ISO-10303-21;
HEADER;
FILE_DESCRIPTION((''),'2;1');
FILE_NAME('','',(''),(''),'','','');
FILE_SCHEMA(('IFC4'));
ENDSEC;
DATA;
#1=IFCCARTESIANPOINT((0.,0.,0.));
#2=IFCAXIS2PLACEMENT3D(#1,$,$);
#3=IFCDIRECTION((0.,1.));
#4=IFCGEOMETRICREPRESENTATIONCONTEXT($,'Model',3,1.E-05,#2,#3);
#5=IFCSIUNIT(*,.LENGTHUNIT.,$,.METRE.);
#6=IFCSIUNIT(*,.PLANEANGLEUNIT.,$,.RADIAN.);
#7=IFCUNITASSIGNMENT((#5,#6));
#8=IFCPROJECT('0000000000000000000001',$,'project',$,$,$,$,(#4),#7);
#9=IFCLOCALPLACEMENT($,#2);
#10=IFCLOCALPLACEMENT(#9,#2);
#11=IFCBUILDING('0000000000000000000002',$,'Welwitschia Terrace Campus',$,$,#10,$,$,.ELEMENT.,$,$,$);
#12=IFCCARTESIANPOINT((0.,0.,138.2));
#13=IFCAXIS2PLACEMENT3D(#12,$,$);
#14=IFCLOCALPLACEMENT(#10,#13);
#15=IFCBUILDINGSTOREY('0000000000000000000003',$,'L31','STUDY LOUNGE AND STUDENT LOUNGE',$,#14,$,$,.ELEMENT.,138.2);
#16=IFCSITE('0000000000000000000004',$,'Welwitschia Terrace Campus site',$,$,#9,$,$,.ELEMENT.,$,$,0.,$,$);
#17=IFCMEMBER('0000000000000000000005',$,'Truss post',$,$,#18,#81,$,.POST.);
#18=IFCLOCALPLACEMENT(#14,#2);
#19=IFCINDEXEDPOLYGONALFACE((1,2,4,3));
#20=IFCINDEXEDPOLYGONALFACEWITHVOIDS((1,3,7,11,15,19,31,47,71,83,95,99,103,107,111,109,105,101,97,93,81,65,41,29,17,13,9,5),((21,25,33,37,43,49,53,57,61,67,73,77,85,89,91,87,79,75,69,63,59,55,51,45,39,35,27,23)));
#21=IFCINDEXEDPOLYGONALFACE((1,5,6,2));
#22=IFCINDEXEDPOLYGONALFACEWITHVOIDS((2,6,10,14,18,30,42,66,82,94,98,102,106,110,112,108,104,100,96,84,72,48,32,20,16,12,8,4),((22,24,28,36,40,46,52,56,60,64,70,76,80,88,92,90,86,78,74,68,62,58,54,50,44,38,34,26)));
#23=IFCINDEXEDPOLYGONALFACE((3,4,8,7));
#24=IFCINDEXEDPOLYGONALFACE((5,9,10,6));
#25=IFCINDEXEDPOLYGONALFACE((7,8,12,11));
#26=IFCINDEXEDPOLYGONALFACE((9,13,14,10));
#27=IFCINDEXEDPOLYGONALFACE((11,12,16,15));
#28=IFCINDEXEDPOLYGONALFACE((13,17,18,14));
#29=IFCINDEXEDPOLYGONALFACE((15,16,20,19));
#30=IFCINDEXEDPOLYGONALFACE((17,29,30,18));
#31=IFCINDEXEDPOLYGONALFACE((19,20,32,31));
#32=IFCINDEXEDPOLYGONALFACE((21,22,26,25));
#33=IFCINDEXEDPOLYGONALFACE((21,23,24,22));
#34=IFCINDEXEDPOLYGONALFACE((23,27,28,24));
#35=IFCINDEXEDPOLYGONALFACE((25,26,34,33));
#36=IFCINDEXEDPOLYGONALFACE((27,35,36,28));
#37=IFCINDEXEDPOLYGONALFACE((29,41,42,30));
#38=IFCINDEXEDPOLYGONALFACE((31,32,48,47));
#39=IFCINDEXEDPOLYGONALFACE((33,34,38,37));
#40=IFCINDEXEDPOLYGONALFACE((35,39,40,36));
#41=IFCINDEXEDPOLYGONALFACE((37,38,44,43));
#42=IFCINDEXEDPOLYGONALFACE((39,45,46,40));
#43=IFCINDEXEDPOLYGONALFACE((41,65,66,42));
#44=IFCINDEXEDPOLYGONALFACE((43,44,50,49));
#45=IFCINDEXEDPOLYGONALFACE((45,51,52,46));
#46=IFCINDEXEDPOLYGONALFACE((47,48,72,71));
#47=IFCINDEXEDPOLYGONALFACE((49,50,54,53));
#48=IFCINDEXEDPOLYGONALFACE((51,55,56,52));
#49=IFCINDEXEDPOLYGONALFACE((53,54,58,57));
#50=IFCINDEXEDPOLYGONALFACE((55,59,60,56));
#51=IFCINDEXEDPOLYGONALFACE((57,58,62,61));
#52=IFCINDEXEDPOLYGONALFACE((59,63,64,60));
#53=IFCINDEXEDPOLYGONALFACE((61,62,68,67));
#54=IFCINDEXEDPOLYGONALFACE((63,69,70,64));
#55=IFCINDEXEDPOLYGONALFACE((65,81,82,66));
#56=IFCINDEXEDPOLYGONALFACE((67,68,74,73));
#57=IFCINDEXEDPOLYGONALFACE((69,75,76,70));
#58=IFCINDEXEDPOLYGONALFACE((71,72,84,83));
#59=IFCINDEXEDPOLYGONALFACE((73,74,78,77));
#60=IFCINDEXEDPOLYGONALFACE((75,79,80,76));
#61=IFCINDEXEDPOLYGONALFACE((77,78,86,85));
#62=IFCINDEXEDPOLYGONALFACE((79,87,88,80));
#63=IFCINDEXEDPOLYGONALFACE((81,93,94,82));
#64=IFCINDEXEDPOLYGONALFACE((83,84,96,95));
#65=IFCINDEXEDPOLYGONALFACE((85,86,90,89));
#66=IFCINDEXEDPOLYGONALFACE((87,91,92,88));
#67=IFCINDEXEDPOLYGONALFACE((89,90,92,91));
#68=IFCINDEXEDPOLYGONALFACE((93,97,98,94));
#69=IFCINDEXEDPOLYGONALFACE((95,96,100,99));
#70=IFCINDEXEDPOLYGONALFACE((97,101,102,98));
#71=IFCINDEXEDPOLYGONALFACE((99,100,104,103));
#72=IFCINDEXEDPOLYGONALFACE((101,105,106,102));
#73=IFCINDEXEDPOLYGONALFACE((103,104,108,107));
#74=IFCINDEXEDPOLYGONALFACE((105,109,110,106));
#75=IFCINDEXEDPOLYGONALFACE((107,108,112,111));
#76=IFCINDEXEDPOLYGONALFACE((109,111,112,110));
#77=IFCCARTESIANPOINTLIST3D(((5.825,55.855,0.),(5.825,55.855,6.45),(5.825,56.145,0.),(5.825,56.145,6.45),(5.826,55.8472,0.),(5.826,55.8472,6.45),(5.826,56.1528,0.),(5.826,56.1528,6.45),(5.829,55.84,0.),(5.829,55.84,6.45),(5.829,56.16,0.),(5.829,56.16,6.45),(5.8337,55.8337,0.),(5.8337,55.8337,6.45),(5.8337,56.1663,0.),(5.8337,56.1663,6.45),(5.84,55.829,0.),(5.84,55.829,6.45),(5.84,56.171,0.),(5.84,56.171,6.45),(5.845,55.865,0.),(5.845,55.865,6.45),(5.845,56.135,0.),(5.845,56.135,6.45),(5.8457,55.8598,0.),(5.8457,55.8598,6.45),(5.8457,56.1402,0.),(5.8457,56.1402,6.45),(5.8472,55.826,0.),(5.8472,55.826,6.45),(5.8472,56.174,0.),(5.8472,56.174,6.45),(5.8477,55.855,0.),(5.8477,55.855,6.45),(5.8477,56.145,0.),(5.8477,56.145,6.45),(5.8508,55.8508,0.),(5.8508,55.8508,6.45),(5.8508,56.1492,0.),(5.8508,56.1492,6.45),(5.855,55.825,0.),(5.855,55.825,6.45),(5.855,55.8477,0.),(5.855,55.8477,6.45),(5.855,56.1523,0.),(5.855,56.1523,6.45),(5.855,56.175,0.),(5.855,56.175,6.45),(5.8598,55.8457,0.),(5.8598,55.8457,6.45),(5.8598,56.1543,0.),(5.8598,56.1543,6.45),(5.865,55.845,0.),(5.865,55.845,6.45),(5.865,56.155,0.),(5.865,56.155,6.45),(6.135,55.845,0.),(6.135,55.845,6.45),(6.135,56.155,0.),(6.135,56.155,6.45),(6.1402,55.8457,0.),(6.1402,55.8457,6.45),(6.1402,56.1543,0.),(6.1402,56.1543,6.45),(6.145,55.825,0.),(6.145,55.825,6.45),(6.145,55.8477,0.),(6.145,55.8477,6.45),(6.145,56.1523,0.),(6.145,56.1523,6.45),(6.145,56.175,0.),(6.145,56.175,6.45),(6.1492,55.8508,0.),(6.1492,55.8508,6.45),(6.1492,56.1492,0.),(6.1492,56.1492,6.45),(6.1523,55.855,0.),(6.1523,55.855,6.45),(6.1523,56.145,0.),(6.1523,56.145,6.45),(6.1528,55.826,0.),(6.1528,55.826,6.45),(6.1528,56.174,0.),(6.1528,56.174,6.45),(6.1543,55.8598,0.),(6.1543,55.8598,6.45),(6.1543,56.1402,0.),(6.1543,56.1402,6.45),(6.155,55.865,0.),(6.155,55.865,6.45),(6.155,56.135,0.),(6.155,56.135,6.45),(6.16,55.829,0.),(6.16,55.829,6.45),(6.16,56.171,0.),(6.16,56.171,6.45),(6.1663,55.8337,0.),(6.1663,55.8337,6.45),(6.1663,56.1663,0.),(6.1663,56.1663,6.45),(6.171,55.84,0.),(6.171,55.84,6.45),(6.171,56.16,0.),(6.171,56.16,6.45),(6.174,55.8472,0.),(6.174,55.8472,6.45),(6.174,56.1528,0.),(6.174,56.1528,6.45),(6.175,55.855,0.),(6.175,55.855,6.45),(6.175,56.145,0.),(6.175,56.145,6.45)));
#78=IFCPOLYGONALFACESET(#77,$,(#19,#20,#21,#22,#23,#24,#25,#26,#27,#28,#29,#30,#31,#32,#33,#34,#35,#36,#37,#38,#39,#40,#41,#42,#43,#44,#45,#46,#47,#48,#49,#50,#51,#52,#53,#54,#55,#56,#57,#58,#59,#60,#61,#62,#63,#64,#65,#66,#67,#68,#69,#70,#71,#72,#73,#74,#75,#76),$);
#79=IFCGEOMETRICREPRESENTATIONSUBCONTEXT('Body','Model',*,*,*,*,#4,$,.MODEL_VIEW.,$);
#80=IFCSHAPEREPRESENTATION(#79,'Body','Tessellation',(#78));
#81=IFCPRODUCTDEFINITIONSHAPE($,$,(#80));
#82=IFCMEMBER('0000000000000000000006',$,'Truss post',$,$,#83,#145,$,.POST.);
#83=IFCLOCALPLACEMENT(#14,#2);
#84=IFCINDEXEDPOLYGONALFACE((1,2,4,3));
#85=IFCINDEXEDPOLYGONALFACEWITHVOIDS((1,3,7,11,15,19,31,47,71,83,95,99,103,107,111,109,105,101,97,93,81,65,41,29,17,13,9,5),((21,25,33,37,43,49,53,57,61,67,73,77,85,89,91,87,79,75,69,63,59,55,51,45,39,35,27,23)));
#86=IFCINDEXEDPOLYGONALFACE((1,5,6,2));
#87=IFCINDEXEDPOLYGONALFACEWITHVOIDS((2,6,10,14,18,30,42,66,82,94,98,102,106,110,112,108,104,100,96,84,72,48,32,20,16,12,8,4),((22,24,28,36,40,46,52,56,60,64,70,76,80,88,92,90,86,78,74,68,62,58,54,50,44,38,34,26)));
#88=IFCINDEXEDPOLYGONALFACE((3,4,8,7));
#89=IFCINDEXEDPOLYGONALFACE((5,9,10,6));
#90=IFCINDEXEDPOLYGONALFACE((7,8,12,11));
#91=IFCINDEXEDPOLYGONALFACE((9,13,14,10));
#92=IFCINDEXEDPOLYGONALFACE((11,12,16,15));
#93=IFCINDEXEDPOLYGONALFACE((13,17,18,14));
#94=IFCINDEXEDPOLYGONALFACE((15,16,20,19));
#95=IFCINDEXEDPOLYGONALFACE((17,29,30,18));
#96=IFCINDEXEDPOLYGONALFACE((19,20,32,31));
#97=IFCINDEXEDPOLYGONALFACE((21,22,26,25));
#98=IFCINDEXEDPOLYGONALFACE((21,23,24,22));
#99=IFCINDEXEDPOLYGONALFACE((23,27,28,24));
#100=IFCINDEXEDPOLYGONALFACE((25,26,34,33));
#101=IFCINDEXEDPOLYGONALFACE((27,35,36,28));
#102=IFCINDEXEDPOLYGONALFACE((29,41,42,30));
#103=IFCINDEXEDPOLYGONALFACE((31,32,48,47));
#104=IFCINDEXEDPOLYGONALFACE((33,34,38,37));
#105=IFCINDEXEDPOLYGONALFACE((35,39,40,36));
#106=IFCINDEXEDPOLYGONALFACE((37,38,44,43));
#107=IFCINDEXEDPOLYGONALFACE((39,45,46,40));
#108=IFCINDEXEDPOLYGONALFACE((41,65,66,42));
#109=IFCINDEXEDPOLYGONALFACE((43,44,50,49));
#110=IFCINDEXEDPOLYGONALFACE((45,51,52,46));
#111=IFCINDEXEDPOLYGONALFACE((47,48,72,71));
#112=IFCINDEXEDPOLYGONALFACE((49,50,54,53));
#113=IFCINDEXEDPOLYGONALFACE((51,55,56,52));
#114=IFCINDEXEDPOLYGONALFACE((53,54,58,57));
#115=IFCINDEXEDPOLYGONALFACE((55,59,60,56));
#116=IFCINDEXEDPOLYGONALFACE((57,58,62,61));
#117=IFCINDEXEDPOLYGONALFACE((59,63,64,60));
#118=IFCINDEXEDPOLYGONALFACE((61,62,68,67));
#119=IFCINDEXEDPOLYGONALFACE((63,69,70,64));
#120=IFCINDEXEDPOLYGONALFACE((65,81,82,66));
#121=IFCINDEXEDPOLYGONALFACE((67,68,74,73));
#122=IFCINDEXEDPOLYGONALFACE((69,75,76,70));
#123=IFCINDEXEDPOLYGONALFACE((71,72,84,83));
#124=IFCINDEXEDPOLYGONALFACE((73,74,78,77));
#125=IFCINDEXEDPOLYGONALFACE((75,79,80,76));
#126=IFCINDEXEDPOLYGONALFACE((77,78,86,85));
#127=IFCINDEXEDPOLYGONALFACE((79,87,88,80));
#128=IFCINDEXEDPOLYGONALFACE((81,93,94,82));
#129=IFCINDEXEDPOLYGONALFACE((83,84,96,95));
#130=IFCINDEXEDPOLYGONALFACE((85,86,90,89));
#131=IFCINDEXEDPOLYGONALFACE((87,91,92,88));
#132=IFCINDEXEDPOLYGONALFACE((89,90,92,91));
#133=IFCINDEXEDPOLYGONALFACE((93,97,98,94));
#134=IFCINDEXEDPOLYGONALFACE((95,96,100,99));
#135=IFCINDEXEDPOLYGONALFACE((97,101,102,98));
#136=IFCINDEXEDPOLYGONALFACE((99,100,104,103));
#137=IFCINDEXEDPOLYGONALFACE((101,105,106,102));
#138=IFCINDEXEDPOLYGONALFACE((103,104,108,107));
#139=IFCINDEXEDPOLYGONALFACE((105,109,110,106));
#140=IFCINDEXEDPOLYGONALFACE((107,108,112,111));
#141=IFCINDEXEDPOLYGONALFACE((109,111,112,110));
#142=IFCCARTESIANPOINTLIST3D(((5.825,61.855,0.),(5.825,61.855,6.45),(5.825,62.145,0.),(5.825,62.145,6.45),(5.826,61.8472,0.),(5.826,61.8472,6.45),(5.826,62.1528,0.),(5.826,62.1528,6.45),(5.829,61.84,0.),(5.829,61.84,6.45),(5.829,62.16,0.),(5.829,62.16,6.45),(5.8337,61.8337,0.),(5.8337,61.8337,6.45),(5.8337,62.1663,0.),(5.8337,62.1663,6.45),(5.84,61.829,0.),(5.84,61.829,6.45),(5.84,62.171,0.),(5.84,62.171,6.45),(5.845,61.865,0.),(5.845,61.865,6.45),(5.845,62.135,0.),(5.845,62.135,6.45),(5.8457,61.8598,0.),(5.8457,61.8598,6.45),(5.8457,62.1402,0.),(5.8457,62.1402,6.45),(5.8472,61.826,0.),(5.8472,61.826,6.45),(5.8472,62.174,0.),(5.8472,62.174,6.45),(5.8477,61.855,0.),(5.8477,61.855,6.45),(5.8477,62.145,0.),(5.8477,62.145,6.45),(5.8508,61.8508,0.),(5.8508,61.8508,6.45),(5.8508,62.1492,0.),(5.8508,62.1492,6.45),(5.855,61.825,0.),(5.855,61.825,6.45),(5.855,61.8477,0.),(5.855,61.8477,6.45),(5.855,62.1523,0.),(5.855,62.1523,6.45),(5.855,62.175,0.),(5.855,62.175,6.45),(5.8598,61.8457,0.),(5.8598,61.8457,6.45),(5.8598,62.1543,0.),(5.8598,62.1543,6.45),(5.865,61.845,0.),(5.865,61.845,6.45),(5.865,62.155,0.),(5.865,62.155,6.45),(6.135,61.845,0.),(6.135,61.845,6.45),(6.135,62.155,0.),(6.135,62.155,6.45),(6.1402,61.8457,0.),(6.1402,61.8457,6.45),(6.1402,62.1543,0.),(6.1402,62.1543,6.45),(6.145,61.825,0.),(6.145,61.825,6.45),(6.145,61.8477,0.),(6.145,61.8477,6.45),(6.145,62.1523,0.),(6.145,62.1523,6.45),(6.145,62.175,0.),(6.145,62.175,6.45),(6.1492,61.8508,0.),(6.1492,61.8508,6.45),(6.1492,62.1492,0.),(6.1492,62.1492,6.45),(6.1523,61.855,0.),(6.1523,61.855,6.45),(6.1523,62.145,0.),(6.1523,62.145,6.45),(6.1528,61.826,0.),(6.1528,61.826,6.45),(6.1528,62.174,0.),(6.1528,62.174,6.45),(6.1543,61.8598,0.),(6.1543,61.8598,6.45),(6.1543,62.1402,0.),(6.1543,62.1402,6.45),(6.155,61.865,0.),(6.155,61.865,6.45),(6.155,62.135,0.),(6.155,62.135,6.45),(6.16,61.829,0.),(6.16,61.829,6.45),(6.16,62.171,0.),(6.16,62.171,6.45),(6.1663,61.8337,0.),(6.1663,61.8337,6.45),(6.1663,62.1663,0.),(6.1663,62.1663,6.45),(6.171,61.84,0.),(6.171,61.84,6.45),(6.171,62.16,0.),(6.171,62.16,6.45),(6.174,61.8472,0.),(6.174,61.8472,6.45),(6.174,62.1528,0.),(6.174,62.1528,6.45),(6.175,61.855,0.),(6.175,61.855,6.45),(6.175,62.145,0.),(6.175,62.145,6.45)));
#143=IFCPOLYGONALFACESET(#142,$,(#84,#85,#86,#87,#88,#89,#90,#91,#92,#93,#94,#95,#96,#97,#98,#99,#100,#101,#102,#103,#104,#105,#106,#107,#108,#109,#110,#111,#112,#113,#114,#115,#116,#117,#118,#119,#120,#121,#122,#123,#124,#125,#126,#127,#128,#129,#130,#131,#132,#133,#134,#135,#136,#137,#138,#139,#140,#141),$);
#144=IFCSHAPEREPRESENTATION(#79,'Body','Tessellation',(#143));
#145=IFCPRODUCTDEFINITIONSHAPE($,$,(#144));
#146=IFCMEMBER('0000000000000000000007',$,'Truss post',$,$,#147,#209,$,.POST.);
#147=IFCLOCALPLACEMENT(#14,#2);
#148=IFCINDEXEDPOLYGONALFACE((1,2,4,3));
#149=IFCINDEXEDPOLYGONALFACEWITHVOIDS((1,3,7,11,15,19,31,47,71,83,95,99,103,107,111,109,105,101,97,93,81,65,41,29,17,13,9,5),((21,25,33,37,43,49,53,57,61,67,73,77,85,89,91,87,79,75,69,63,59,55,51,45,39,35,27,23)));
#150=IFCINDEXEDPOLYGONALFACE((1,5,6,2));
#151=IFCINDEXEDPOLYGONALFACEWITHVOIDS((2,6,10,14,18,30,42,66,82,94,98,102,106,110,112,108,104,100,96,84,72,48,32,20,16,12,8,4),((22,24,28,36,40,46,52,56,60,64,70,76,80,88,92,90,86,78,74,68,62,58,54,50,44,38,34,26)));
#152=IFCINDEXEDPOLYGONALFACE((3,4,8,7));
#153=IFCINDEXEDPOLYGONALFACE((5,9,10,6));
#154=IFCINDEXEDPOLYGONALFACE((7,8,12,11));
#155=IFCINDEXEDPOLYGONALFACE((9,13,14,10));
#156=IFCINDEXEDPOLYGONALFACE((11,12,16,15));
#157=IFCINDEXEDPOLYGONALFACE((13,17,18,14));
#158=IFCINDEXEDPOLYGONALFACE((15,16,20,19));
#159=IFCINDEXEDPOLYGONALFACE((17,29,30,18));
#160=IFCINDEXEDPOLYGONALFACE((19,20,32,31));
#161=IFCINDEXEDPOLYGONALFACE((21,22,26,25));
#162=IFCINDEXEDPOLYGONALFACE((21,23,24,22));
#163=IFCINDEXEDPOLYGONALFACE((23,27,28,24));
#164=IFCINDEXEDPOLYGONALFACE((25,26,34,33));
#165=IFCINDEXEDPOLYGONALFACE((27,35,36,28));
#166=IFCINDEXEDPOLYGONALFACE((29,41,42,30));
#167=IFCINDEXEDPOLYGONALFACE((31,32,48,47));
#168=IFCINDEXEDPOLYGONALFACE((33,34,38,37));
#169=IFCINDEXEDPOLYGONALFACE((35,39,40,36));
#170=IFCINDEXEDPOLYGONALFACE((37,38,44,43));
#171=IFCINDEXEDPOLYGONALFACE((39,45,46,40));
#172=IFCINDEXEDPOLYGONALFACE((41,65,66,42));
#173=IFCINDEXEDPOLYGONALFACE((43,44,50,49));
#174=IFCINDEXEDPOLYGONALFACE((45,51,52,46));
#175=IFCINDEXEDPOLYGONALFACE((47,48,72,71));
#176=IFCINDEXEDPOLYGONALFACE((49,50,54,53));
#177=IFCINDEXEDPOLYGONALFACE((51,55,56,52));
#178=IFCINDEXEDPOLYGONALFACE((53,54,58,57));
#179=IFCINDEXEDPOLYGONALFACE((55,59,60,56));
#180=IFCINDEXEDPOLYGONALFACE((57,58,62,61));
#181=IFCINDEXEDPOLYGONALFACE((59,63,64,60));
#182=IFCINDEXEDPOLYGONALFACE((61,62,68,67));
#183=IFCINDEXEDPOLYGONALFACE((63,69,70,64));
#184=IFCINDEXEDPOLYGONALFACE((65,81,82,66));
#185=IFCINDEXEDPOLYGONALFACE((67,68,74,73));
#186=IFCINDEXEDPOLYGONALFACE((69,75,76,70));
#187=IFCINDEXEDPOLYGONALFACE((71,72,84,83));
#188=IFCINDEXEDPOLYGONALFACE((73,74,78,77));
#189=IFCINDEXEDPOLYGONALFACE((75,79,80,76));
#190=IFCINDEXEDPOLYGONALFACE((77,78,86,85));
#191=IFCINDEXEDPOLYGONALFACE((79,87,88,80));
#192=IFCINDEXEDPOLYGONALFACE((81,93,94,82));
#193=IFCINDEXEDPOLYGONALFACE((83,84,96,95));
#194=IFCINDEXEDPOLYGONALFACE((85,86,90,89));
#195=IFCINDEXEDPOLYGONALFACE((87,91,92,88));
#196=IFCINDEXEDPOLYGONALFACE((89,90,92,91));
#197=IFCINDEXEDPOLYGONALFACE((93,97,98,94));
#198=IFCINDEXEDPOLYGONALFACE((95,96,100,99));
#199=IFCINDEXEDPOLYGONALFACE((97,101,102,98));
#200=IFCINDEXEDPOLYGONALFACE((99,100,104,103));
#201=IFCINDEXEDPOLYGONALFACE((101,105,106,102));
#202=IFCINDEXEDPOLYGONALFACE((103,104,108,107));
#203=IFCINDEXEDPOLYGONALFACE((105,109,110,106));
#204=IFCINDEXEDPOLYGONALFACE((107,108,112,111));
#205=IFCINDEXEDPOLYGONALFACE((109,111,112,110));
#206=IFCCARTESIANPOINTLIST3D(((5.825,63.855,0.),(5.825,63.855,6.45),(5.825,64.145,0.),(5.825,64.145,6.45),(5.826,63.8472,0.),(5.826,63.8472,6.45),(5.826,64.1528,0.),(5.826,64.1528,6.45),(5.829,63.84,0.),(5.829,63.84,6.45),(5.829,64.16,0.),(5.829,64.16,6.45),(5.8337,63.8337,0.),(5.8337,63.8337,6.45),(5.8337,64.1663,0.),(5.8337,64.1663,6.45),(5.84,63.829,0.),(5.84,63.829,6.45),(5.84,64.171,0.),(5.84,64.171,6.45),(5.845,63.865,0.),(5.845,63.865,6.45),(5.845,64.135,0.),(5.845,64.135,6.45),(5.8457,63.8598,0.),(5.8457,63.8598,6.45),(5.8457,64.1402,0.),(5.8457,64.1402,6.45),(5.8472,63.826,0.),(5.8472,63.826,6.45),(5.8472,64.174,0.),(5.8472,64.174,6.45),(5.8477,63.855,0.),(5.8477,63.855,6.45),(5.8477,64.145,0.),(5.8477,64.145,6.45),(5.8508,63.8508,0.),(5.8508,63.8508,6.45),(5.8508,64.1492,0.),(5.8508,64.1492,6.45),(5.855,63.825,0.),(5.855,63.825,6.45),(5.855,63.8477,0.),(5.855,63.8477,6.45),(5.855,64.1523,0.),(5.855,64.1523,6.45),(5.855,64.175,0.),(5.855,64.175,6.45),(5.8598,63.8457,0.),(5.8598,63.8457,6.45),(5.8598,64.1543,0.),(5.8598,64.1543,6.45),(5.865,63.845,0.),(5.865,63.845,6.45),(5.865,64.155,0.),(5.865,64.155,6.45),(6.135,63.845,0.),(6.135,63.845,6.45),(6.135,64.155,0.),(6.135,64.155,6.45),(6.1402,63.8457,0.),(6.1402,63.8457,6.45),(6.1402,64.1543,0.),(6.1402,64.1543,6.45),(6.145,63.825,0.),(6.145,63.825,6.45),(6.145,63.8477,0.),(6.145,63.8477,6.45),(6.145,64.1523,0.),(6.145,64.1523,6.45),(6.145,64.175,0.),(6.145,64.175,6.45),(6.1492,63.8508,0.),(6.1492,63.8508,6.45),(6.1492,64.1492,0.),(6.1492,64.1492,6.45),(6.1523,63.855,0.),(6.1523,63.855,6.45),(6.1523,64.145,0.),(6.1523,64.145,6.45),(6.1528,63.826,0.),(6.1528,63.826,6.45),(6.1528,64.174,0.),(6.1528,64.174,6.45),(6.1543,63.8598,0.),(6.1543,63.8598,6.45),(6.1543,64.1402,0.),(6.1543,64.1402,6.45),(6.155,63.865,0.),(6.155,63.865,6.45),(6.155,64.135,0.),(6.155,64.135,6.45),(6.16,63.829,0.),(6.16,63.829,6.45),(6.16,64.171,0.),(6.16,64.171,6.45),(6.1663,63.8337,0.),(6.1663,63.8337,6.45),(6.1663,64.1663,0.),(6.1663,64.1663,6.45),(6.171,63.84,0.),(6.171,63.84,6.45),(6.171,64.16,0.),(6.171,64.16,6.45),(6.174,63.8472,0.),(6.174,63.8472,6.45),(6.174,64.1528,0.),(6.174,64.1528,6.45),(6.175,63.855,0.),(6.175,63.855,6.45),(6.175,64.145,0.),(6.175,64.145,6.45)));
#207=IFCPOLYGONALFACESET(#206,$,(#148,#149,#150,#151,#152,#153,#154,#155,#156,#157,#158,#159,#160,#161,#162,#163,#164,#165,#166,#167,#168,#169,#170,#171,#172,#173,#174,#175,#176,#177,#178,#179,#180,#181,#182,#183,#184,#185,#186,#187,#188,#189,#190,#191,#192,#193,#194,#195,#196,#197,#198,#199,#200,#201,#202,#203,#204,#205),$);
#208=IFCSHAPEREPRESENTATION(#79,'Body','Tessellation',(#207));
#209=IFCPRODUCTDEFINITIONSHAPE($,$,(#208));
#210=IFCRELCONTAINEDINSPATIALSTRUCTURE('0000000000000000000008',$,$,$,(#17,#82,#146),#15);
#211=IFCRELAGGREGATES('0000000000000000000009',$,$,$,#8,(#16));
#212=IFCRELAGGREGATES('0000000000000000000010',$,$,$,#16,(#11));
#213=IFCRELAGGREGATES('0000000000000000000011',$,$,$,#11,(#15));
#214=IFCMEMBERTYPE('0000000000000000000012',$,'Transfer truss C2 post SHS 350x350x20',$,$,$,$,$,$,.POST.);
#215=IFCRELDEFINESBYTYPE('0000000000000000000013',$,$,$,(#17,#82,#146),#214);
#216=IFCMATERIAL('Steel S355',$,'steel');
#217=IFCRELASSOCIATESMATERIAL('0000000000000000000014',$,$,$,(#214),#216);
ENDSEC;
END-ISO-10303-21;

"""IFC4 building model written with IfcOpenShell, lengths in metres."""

from ifc_helpers import new_model, si_unit, direction, frame, origin, origin_2d, place, context, subcontext, project, spatial, hollow_rectangle, extrude, material, material_profile, profile_set, type_object, element, save


model = new_model("IFC4")

# Units and contexts
model_context = context("Model", 3, precision=1e-05, world=origin(), true_north=direction((0.0, 1.0)))
body_context = subcontext(model_context, "Body", "Model", "MODEL_VIEW")
ifc_project = project(units=[si_unit("LENGTHUNIT", "METRE"), si_unit("PLANEANGLEUNIT", "RADIAN")], contexts=[model_context])

# Site, building, storey
site_placement = place(None, origin())
site = spatial("IfcSite", under=ifc_project, at=site_placement, Name="Welwitschia Terrace Campus site", CompositionType="ELEMENT", RefElevation=0.0)
building_placement = place(site_placement, origin())
building = spatial("IfcBuilding", under=site, at=building_placement, Name="Welwitschia Terrace Campus", CompositionType="ELEMENT")
storey_placement = place(building_placement, frame((0.0, 0.0, 138.2)))
storey = spatial("IfcBuildingStorey", under=building, at=storey_placement, Name="L31", Description="STUDY LOUNGE AND STUDENT LOUNGE", CompositionType="ELEMENT", Elevation=138.2)

# Members
ifc_material_1 = material(Name="Steel S355", Category="steel")
ifc_material_profile_1 = material_profile(ifc_material_1, hollow_rectangle(XDim=0.3501, YDim=0.3501, WallThickness=0.02, InnerFilletRadius=0.02, OuterFilletRadius=0.03, at=origin_2d()))
ifc_profile_set_1 = profile_set([ifc_material_profile_1], Name="Steel S355")
member_type_1 = type_object("IfcMemberType", Name="Transfer truss C2 post SHS 350x350x20", PredefinedType="POST", material=ifc_profile_set_1)
for number, where, z_axis, x_axis, name in (
    (1, (6.0, 56.0, 0.0), (0.0, 0.0, 1.0), (1.0, 0.0, 0.0), "Truss post"),
    (2, (6.0, 62.0, 0.0), (0.0, 0.0, 1.0), (1.0, 0.0, 0.0), "Truss post"),
    (3, (6.0, 64.0, 0.0), (0.0, 0.0, 1.0), (1.0, 0.0, 0.0), "Truss post"),
):
    element("IfcMember", number, at=place(storey_placement, frame(where, z_axis=z_axis, x_axis=x_axis)), inside=storey, type_object=member_type_1, Name=name, PredefinedType="POST", context=body_context, shape_type="SweptSolid", body=[
        extrude(hollow_rectangle(XDim=0.3501, YDim=0.3501, WallThickness=0.02, InnerFilletRadius=0.02, OuterFilletRadius=0.03, at=origin_2d()), origin(), (0.0, 0.0, 1.0), 6.45),
    ])

save(model, "model.ifc")
